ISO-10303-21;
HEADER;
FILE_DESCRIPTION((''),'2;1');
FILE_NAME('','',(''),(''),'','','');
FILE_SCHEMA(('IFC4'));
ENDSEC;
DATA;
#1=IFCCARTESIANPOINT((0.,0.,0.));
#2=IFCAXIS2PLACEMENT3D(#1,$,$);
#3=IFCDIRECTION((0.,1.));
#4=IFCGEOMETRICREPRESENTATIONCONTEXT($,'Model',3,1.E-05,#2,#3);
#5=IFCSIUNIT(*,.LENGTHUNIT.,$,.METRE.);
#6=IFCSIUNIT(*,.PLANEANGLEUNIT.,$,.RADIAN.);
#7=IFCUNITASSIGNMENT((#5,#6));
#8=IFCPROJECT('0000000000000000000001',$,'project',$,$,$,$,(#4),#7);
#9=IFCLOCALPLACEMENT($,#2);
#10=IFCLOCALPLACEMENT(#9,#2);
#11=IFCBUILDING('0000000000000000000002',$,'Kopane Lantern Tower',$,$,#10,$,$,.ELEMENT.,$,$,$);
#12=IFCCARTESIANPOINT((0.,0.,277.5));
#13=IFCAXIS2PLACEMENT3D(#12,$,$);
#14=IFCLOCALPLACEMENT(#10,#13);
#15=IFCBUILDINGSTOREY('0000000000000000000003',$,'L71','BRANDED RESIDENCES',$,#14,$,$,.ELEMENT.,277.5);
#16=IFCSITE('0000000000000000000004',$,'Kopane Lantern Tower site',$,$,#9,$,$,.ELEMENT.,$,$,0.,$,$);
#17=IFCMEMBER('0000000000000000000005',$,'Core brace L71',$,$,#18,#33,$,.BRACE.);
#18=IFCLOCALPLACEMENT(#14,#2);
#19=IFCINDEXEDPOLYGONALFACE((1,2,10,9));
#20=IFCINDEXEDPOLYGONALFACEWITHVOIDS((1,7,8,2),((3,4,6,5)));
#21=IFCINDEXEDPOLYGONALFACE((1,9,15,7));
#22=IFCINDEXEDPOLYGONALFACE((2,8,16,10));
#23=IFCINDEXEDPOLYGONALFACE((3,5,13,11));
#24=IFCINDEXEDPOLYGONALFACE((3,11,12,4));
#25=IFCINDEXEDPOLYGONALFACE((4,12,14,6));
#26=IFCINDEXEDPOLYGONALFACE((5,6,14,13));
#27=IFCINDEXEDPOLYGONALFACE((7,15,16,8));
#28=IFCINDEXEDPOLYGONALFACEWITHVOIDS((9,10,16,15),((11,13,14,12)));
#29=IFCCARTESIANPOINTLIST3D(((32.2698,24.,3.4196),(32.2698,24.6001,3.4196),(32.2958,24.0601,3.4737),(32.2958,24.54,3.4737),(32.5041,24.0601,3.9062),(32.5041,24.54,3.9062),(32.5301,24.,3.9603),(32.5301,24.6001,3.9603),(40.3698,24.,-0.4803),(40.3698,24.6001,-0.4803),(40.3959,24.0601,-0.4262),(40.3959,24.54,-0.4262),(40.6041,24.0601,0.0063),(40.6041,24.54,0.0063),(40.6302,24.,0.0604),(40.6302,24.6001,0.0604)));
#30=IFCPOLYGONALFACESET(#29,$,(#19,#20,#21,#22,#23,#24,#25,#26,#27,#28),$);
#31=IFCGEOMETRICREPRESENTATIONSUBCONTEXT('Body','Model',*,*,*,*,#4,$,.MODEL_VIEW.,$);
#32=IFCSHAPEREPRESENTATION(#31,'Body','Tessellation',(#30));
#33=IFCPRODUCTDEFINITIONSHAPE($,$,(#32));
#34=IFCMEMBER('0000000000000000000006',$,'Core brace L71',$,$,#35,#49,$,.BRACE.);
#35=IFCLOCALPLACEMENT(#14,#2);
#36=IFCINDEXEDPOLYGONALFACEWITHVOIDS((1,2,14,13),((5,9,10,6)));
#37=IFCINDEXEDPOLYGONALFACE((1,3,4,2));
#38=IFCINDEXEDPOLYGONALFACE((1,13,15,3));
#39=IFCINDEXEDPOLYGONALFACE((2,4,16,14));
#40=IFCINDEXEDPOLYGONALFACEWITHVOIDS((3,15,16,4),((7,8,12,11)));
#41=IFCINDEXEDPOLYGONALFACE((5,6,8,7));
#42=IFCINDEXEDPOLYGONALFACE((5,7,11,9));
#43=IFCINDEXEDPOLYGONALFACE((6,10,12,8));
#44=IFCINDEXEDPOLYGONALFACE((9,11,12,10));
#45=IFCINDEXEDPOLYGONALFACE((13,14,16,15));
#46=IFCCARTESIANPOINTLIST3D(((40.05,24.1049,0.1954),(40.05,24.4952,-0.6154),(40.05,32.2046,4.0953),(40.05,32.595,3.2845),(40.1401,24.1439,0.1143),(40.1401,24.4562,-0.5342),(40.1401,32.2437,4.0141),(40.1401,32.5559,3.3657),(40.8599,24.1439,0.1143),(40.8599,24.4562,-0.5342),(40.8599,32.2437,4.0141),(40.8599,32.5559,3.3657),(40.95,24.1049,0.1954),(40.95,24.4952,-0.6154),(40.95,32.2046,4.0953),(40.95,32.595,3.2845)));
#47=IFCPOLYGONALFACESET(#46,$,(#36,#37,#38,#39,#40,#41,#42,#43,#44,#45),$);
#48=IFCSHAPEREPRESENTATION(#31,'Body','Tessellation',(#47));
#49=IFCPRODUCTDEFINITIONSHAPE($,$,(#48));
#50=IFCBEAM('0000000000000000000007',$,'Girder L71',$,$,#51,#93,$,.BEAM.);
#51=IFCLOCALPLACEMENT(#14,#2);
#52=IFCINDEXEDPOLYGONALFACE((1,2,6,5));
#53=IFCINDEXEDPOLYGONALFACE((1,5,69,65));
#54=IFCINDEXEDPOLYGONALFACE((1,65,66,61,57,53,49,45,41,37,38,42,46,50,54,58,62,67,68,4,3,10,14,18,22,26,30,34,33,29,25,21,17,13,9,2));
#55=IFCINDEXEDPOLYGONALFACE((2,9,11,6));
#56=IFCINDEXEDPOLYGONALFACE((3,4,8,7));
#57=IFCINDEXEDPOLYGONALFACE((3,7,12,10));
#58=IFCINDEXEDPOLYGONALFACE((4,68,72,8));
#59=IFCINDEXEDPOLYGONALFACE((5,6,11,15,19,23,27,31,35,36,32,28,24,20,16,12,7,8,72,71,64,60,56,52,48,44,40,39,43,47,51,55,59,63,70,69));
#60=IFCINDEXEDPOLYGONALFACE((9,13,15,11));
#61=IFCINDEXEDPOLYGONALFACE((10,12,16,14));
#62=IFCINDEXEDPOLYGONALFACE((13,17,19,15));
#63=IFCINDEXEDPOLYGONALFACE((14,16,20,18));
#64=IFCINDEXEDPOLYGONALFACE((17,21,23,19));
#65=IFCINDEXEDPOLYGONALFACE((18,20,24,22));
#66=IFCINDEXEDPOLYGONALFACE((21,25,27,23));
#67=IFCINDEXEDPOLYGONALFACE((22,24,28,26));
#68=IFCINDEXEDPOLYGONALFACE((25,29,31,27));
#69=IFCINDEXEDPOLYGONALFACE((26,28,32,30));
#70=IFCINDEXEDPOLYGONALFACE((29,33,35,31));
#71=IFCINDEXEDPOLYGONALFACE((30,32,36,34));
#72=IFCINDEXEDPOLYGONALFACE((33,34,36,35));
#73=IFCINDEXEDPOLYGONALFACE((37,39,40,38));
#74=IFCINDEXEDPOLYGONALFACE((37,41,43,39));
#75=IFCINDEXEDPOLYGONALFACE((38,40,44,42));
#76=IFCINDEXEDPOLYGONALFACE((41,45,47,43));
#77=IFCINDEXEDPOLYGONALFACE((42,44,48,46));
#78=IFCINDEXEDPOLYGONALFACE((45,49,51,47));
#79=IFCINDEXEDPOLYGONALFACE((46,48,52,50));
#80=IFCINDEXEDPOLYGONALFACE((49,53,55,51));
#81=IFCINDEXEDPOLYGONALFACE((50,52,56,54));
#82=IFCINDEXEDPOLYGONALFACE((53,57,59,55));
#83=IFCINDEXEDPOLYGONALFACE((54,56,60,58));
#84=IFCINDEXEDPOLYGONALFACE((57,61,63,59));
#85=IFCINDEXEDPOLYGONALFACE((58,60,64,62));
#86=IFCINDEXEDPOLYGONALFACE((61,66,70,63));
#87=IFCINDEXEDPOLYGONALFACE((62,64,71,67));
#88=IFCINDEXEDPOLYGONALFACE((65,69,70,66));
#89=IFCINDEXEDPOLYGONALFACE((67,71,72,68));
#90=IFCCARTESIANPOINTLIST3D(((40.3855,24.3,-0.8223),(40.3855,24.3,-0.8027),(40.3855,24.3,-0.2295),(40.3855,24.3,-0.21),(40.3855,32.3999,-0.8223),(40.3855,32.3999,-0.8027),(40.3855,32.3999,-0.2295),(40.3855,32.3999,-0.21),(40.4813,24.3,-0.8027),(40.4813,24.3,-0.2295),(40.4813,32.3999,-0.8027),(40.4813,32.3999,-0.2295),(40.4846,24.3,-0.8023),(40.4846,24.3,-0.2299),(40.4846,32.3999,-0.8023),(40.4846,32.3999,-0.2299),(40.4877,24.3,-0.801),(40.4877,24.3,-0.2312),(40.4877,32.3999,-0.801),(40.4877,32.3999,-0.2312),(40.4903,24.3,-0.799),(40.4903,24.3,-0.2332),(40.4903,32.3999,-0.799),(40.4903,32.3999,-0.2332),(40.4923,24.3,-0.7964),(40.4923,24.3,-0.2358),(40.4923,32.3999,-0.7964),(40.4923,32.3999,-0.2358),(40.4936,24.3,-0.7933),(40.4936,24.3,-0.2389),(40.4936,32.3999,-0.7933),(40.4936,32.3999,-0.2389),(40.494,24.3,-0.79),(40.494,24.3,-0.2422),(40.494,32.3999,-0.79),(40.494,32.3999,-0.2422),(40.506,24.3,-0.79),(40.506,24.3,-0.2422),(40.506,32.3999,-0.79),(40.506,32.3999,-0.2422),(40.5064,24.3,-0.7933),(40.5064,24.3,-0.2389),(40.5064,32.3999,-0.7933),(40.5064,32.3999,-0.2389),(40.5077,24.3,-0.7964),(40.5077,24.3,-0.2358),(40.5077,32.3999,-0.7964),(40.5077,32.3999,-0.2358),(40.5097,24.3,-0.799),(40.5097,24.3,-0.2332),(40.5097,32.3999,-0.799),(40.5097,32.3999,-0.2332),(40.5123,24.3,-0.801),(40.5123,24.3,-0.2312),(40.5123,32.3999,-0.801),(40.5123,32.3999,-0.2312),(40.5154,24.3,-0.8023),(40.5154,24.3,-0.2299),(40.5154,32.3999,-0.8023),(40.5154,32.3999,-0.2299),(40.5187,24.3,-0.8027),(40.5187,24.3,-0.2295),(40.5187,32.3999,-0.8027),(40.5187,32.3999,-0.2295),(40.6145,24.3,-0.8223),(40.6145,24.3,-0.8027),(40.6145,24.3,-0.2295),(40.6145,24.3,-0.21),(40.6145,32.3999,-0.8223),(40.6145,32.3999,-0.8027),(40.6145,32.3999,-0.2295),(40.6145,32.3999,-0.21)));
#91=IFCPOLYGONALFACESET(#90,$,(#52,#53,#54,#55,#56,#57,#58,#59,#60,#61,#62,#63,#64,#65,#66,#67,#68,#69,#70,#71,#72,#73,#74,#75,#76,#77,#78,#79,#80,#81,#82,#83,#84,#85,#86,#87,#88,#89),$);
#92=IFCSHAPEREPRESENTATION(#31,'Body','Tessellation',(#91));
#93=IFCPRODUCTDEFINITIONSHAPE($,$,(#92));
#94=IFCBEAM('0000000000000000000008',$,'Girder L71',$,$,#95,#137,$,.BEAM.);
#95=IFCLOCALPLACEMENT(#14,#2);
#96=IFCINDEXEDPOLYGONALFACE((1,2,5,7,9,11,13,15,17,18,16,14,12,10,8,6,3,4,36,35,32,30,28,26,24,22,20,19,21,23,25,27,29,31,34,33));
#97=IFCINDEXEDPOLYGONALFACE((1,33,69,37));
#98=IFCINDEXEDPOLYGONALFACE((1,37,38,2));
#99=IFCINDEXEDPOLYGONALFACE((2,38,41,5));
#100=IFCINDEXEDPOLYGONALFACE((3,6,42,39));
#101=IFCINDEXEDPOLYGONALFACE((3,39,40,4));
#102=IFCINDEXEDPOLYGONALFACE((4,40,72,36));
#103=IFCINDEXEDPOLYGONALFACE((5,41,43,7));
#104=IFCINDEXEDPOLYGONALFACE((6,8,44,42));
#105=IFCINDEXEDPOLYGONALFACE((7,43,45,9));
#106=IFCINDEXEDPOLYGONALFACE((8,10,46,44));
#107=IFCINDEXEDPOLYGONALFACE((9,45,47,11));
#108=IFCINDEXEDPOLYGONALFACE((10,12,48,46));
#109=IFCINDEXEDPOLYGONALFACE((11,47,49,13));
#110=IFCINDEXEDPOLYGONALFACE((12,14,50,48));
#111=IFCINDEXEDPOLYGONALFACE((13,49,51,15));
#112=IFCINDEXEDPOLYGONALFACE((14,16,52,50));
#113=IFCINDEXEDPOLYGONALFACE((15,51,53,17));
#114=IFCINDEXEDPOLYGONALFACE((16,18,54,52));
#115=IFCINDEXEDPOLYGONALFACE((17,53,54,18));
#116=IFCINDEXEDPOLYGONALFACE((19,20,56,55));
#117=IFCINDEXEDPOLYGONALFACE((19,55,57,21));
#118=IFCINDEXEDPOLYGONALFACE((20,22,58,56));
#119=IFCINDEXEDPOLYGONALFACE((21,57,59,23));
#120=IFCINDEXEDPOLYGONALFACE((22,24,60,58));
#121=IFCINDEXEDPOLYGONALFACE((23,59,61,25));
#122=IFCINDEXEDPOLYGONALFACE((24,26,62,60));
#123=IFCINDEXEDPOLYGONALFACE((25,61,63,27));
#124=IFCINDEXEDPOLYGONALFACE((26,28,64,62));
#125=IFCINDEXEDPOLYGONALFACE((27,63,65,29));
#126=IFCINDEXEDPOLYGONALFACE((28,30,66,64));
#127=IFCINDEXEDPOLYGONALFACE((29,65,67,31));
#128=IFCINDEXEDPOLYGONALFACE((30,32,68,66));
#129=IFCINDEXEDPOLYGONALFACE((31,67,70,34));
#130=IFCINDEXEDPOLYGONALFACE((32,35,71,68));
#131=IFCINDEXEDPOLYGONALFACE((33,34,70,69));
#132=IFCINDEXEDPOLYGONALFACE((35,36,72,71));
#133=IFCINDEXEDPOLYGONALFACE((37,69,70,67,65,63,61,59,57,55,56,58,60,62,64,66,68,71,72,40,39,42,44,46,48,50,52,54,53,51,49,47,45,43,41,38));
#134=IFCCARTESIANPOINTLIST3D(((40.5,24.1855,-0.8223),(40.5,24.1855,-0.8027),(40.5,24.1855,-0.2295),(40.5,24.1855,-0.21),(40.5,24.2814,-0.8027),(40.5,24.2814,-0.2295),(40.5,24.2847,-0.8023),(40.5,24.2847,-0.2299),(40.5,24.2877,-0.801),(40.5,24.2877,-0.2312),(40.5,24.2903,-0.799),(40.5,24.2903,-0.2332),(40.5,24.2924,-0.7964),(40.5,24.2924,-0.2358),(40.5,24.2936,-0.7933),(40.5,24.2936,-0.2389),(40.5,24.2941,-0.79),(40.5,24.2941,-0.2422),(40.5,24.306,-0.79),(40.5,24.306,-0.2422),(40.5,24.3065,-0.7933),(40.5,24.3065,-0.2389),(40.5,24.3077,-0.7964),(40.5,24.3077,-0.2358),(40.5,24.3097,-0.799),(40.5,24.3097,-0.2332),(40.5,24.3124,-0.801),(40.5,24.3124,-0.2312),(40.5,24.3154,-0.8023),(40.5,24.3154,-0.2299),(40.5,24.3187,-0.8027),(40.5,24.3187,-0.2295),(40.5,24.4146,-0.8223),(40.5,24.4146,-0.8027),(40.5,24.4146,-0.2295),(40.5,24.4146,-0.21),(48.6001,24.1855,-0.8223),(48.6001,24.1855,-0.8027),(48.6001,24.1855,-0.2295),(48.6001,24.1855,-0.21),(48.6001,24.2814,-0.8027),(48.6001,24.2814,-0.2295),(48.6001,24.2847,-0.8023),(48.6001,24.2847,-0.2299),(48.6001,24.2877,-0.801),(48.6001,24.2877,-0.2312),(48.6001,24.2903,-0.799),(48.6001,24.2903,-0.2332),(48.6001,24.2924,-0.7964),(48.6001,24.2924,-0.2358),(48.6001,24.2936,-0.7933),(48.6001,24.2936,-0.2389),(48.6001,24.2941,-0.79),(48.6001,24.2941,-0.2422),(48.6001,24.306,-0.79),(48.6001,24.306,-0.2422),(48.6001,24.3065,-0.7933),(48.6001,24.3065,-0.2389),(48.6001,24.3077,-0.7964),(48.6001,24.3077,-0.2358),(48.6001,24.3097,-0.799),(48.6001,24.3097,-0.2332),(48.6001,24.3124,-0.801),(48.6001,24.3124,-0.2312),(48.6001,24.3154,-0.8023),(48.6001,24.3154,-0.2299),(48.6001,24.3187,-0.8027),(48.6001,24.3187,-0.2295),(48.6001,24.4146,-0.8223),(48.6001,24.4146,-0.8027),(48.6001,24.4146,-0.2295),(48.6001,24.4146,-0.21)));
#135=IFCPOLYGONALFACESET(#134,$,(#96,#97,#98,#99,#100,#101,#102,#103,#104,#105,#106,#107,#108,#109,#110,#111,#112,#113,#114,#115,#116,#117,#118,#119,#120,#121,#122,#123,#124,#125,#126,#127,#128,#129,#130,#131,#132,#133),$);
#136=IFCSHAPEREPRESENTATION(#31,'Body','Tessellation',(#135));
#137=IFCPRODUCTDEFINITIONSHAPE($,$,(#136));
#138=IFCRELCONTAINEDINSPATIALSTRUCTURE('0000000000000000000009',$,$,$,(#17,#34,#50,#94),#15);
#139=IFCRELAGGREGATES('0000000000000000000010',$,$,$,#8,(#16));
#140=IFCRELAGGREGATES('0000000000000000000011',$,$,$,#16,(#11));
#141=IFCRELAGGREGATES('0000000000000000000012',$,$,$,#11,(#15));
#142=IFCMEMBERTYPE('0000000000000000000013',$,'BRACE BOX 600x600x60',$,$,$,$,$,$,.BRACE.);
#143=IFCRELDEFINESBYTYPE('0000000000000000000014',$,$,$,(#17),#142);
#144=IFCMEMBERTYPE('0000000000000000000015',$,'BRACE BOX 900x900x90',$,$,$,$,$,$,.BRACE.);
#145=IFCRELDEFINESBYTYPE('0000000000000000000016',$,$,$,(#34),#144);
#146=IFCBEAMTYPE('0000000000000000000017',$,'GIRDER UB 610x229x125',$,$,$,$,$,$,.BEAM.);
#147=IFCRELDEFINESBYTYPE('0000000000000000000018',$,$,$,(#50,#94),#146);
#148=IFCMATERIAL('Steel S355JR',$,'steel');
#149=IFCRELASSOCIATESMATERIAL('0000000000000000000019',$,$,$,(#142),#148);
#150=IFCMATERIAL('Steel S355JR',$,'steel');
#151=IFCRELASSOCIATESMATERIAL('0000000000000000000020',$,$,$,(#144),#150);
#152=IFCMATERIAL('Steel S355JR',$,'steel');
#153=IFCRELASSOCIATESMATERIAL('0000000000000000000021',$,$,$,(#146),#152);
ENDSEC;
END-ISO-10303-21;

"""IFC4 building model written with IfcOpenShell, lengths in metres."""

from ifc_helpers import new_model, si_unit, direction, frame, origin, origin_2d, place, context, subcontext, project, spatial, hollow_rectangle, i_section, extrude, material, material_profile, profile_set, type_object, element, save


model = new_model("IFC4")

# Units and contexts
model_context = context("Model", 3, precision=1e-05, world=origin(), true_north=direction((0.0, 1.0)))
body_context = subcontext(model_context, "Body", "Model", "MODEL_VIEW")
ifc_project = project(units=[si_unit("LENGTHUNIT", "METRE"), si_unit("PLANEANGLEUNIT", "RADIAN")], contexts=[model_context])

# Site, building, storey
site_placement = place(None, origin())
site = spatial("IfcSite", under=ifc_project, at=site_placement, Name="Kopane Lantern Tower site", CompositionType="ELEMENT", RefElevation=0.0)
building_placement = place(site_placement, origin())
building = spatial("IfcBuilding", under=site, at=building_placement, Name="Kopane Lantern Tower", CompositionType="ELEMENT")
storey_placement = place(building_placement, frame((0.0, 0.0, 277.5)))
storey = spatial("IfcBuildingStorey", under=building, at=storey_placement, Name="L71", Description="BRANDED RESIDENCES", CompositionType="ELEMENT", Elevation=277.5)

# Members
ifc_material_1 = material(Name="Steel S355JR", Category="steel")
ifc_material_profile_1 = material_profile(ifc_material_1, hollow_rectangle(XDim=0.6001, YDim=0.6001, WallThickness=0.0601, at=origin_2d()), Name="BOX 600x600x60")
ifc_profile_set_1 = profile_set([ifc_material_profile_1], Name="Steel S355JR")
member_type_1 = type_object("IfcMemberType", Name="BRACE BOX 600x600x60", PredefinedType="BRACE", material=ifc_profile_set_1)
member_1_placement = place(storey_placement, frame((40.5, 24.3, -0.21), z_axis=(-0.901008, 0.0, 0.433803), x_axis=(0.0, -1.0, 0.0)))
element("IfcMember", 1, at=member_1_placement, inside=storey, type_object=member_type_1, Name="Core brace L71", PredefinedType="BRACE", context=body_context, shape_type="SweptSolid", body=[
    extrude(hollow_rectangle(XDim=0.6001, YDim=0.6001, WallThickness=0.0601, at=origin_2d()), origin(), (0.0, 0.0, 1.0), 8.99),
])
ifc_material_2 = material(Name="Steel S355JR", Category="steel")
ifc_material_profile_2 = material_profile(ifc_material_2, hollow_rectangle(XDim=0.8999, YDim=0.8999, WallThickness=0.0901, at=origin_2d()), Name="BOX 900x900x90")
ifc_profile_set_2 = profile_set([ifc_material_profile_2], Name="Steel S355JR")
member_type_2 = type_object("IfcMemberType", Name="BRACE BOX 900x900x90", PredefinedType="BRACE", material=ifc_profile_set_2)
member_2_placement = place(storey_placement, frame((40.5, 24.3, -0.21), z_axis=(0.0, 0.901003, 0.433813), x_axis=(-1.0, 0.0, 0.0)))
element("IfcMember", 2, at=member_2_placement, inside=storey, type_object=member_type_2, Name="Core brace L71", PredefinedType="BRACE", context=body_context, shape_type="SweptSolid", body=[
    extrude(hollow_rectangle(XDim=0.8999, YDim=0.8999, WallThickness=0.0901, at=origin_2d()), origin(), (0.0, 0.0, 1.0), 8.9897),
])

# Beams
ifc_material_3 = material(Name="Steel S355JR", Category="steel")
ifc_material_profile_3 = material_profile(ifc_material_3, i_section(OverallWidth=0.229, OverallDepth=0.6123, WebThickness=0.012, FlangeThickness=0.0195, FilletRadius=0.0127, at=origin_2d()), Name="UB 610x229x125")
ifc_profile_set_3 = profile_set([ifc_material_profile_3], Name="Steel S355JR")
beam_type = type_object("IfcBeamType", Name="GIRDER UB 610x229x125", PredefinedType="BEAM", material=ifc_profile_set_3)
beam_1_placement = place(storey_placement, frame((40.5, 24.3, -0.5161), z_axis=(0.0, 1.0, 0.0), x_axis=(-1.0, 0.0, 0.0)))
element("IfcBeam", 3, at=beam_1_placement, inside=storey, type_object=beam_type, Name="Girder L71", PredefinedType="BEAM", context=body_context, shape_type="SweptSolid", body=[
    extrude(i_section(OverallWidth=0.229, OverallDepth=0.6123, WebThickness=0.012, FlangeThickness=0.0195, FilletRadius=0.0127, at=origin_2d()), origin(), (0.0, 0.0, 1.0), 8.0999),
])
beam_2_placement = place(storey_placement, frame((40.5, 24.3, -0.5161), z_axis=(1.0, 0.0, 0.0), x_axis=(0.0, 1.0, 0.0)))
element("IfcBeam", 4, at=beam_2_placement, inside=storey, type_object=beam_type, Name="Girder L71", PredefinedType="BEAM", context=body_context, shape_type="SweptSolid", body=[
    extrude(i_section(OverallWidth=0.229, OverallDepth=0.6123, WebThickness=0.012, FlangeThickness=0.0195, FilletRadius=0.0127, at=origin_2d()), origin(), (0.0, 0.0, 1.0), 8.1001),
])

save(model, "model.ifc")
